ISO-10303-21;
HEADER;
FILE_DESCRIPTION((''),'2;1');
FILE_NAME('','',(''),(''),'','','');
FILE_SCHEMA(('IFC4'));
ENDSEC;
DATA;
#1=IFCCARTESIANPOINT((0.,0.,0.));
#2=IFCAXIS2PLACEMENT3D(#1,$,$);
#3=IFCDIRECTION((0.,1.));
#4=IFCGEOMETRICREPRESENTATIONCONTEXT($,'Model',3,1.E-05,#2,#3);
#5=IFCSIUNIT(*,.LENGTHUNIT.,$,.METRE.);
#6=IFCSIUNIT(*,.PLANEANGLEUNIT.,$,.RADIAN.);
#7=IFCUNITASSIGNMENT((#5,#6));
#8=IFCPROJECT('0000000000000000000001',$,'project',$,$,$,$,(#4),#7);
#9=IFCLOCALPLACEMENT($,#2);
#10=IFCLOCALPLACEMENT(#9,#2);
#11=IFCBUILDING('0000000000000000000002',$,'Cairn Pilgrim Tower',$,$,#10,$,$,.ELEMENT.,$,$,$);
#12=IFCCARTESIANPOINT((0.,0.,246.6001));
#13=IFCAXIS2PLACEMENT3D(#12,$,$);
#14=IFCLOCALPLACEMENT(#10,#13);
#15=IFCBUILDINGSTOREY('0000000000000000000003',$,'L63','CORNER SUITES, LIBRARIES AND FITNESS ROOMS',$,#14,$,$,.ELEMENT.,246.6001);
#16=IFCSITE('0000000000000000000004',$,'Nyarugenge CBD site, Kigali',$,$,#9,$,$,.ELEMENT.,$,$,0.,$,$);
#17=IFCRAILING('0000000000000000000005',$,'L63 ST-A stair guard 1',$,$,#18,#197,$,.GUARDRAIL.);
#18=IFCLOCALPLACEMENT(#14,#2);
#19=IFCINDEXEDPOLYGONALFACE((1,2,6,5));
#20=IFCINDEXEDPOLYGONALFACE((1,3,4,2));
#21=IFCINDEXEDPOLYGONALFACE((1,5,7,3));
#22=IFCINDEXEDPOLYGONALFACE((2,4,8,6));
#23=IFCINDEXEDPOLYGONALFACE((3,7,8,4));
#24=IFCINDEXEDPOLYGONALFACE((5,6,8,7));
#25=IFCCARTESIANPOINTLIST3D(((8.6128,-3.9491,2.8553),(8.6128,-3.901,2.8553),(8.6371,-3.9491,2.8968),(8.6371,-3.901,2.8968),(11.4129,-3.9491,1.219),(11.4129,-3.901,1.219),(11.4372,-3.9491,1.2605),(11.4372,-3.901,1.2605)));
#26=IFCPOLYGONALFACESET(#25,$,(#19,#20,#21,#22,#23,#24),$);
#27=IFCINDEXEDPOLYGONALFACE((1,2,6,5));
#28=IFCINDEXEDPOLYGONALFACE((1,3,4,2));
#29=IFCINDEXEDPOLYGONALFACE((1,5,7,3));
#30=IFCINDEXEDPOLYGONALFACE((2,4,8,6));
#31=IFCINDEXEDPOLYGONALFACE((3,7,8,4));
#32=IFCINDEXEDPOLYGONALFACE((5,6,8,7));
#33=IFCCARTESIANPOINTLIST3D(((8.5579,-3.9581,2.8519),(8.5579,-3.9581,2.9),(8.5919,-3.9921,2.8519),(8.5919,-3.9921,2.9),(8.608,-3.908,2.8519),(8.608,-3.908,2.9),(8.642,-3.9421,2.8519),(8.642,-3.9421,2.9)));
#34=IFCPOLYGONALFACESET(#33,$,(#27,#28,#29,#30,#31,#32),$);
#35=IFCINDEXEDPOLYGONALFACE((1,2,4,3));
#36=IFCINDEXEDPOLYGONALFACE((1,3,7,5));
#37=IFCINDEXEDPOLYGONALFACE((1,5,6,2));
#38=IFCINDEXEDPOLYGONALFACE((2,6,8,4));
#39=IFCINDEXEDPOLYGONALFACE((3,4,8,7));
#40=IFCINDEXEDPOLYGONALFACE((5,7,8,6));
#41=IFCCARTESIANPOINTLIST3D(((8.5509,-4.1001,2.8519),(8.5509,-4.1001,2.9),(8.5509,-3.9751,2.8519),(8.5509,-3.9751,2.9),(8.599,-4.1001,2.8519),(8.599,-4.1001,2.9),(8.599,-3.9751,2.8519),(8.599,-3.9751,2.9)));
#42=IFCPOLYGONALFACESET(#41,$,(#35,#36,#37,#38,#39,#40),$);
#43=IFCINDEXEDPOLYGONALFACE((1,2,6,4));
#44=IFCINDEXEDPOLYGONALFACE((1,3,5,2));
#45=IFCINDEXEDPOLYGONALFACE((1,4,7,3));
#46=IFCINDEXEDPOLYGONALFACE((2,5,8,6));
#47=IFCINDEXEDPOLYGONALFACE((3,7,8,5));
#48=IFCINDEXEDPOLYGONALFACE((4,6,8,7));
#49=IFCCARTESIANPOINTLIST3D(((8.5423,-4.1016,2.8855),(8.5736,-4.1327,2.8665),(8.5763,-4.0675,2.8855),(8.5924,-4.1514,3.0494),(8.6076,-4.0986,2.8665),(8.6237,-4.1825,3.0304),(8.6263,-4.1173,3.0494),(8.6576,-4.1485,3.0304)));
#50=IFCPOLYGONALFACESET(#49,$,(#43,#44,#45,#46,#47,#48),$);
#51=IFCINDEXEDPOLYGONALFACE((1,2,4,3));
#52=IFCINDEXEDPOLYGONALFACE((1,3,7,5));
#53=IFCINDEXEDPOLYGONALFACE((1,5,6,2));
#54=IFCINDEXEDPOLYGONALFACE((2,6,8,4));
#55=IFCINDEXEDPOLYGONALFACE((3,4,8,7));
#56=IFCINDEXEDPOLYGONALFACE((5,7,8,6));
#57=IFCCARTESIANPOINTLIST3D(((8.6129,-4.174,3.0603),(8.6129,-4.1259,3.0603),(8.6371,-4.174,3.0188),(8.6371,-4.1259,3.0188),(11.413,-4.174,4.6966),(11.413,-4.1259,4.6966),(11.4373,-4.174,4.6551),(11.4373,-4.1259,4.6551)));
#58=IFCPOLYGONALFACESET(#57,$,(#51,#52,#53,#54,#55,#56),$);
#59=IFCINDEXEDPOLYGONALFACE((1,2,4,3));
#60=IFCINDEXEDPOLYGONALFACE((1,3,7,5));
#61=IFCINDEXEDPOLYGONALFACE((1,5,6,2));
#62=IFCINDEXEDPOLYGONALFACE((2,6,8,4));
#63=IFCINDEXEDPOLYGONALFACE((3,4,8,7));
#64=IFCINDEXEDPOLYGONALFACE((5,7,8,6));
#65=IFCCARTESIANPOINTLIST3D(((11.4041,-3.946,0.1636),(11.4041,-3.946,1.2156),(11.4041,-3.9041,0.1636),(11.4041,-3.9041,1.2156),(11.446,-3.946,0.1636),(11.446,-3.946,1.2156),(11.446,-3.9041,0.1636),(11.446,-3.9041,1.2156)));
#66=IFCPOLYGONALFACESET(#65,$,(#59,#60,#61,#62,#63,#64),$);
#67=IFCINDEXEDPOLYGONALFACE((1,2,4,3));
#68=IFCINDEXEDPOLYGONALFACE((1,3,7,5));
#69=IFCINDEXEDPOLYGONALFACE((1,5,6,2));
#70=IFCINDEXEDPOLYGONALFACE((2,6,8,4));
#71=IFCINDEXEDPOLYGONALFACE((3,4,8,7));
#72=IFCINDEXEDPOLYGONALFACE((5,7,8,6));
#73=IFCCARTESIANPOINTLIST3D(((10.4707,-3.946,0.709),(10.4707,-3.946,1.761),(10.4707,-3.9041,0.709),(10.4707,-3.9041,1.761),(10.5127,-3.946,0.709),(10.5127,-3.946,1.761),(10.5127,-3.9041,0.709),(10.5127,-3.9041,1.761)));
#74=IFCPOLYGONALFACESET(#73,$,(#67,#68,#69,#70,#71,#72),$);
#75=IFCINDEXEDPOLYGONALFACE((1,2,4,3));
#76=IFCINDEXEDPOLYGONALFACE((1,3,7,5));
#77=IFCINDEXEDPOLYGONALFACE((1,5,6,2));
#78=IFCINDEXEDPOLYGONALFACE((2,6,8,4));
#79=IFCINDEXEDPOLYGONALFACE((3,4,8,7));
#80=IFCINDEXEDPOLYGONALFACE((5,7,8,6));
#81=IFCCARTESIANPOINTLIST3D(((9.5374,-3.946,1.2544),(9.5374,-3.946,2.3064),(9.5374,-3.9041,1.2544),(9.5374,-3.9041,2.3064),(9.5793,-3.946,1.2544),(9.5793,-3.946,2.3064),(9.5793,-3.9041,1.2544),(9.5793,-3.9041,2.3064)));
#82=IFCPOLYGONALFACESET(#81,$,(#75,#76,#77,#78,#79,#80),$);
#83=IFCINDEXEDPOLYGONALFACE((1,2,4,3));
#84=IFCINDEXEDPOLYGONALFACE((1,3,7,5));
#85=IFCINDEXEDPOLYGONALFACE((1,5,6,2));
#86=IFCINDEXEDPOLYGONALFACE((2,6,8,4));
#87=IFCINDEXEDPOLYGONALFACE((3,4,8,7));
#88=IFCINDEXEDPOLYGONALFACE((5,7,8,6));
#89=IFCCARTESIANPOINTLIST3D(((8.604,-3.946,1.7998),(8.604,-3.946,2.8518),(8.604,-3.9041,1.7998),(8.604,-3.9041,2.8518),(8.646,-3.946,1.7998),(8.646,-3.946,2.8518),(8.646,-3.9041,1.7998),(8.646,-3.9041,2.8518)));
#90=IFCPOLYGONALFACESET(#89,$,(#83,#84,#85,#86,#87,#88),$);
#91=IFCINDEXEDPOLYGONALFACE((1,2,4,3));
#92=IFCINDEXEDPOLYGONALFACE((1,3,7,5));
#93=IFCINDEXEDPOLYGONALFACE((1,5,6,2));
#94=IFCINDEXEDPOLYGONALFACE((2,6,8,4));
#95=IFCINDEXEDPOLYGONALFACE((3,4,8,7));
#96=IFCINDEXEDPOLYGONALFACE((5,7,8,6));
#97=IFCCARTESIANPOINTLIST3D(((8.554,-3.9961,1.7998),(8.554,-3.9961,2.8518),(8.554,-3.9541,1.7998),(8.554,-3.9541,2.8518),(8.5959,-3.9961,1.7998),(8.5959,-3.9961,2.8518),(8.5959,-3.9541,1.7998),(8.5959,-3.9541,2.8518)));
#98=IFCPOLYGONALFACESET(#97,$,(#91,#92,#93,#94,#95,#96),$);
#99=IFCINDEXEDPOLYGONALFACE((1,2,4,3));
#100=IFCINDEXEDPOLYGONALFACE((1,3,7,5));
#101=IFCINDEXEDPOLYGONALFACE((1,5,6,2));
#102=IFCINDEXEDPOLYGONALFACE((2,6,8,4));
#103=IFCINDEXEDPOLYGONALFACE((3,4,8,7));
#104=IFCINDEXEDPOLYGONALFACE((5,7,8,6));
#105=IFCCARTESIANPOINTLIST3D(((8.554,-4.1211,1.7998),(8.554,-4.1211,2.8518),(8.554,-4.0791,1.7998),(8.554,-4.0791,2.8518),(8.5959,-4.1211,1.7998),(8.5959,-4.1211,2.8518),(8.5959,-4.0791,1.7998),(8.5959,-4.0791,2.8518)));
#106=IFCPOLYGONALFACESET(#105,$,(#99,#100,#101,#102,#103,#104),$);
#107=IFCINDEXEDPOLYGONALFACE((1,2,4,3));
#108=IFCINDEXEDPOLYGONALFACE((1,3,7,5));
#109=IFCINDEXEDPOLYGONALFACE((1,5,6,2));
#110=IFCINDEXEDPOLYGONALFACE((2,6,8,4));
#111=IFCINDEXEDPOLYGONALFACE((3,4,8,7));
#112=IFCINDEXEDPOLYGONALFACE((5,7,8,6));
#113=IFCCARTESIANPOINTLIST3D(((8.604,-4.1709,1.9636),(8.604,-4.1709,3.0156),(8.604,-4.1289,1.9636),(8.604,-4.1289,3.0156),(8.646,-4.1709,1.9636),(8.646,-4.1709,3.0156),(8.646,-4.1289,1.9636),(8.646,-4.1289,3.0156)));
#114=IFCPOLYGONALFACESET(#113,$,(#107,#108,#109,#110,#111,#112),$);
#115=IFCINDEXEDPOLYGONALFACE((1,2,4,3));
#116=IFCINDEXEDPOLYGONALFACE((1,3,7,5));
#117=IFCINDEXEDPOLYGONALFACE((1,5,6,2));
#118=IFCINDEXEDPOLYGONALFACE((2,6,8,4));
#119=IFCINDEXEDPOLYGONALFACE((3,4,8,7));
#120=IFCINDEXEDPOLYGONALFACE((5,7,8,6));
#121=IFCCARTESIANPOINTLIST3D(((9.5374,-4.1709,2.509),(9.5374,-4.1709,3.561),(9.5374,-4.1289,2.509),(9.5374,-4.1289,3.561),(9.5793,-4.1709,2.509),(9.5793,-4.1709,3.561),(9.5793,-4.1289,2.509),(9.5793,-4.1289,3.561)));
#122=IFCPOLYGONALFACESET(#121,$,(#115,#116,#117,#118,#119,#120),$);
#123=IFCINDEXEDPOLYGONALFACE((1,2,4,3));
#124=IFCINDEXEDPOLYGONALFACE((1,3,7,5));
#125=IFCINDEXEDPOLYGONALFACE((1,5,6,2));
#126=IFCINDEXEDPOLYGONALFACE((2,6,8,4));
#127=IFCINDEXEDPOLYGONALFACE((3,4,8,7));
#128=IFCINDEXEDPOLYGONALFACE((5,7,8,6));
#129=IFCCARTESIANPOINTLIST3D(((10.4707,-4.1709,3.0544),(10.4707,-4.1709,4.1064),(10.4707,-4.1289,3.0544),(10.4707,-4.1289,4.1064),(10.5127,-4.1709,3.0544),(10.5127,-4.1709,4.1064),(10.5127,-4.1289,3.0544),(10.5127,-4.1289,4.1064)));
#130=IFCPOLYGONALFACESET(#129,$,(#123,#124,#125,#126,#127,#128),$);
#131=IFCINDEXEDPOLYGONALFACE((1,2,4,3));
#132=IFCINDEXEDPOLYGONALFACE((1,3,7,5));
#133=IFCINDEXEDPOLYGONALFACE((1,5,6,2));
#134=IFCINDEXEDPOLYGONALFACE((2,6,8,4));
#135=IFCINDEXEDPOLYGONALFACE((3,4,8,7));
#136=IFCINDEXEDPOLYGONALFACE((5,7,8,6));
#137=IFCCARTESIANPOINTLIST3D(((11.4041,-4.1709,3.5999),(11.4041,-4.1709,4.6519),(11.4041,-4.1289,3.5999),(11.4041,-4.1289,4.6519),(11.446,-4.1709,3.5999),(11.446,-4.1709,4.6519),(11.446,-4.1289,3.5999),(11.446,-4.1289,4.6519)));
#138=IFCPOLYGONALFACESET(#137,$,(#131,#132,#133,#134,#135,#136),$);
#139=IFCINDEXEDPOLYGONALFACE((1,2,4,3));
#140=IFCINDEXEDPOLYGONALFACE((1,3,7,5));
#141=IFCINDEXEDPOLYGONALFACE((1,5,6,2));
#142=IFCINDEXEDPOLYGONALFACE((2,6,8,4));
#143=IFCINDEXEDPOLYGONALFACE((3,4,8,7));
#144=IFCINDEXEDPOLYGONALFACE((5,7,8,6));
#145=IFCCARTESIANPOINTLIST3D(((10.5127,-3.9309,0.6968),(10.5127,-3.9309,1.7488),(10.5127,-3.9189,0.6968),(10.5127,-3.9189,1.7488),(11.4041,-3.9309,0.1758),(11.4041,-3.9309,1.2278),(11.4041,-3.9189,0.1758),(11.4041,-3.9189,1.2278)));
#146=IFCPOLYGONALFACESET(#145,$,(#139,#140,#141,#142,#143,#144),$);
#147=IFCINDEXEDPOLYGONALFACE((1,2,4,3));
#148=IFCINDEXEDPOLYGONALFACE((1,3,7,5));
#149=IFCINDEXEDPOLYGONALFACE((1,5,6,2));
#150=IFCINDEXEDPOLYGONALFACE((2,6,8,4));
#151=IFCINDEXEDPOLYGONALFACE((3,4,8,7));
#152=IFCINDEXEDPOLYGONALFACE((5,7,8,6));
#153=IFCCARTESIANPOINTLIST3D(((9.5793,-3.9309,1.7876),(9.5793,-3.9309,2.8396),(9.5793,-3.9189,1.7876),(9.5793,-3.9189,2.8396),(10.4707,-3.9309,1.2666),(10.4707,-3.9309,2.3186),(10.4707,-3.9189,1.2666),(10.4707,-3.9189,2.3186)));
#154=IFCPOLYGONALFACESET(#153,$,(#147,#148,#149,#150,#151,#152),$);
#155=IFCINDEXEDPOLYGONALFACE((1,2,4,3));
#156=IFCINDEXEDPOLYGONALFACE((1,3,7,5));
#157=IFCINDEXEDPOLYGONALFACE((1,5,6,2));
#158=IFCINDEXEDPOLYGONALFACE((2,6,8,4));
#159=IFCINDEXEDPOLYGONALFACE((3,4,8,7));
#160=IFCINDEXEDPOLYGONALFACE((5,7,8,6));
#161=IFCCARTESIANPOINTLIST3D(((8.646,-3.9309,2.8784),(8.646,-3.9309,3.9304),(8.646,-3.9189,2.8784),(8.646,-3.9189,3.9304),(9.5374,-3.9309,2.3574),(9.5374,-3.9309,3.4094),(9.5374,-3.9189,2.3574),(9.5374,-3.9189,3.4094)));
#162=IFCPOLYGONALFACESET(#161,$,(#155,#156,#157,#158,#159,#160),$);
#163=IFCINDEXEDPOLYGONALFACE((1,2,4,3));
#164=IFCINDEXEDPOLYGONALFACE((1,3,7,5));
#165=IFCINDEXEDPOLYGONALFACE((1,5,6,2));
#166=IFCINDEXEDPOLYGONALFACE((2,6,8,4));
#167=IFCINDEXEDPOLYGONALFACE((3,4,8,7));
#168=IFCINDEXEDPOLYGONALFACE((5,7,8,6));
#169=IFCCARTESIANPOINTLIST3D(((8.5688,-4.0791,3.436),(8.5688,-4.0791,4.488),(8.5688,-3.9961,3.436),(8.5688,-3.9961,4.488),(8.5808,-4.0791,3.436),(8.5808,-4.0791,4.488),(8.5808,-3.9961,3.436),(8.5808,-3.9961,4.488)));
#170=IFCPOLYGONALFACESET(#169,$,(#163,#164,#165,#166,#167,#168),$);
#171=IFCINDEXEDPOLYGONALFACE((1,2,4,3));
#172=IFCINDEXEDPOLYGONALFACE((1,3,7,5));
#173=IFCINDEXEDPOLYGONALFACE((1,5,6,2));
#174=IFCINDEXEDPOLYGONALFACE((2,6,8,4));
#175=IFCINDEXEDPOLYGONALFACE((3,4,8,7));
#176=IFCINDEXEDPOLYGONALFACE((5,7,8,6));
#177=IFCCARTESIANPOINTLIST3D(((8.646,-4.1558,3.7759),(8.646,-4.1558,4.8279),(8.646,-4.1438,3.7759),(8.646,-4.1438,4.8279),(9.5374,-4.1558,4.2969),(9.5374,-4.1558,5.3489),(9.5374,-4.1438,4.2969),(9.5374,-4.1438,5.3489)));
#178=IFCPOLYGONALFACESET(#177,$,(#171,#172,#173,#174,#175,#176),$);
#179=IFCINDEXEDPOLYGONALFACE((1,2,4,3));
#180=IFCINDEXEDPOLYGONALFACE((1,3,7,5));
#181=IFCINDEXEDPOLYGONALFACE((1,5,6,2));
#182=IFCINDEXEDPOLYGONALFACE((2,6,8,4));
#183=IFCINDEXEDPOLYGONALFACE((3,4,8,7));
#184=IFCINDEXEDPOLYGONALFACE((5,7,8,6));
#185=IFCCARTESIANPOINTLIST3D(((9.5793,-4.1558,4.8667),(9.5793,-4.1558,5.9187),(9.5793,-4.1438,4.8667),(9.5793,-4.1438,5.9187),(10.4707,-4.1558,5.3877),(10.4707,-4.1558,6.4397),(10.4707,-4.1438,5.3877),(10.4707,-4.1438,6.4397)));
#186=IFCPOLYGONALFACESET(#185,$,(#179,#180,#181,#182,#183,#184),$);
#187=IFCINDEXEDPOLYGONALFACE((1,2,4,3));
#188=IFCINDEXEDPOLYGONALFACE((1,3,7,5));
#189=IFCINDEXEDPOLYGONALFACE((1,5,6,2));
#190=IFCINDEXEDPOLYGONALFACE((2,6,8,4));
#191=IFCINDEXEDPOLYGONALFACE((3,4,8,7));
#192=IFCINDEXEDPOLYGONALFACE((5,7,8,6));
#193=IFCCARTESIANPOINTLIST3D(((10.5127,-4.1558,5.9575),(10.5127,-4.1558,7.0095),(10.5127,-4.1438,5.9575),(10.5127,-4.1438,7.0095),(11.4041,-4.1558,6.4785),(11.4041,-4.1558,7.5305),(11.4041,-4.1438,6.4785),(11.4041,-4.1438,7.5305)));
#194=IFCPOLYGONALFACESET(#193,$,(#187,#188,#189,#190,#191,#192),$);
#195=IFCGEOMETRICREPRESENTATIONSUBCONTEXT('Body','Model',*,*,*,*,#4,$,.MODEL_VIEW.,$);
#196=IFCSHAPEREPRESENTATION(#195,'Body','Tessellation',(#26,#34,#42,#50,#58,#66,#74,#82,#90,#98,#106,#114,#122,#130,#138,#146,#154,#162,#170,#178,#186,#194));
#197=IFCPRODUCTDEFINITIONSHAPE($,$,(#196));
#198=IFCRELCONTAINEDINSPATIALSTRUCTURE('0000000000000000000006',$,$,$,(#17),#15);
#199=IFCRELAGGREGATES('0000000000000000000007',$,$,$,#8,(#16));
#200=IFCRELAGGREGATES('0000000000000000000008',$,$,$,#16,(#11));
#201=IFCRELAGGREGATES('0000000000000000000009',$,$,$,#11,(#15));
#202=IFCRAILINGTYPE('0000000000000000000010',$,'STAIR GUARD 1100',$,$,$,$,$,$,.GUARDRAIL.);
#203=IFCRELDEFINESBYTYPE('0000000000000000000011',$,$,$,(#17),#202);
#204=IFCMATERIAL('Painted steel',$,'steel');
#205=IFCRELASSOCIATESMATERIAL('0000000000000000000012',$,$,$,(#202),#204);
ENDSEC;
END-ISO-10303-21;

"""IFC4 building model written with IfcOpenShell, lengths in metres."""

from ifc_helpers import new_model, si_unit, direction, frame, origin, origin_2d, place, context, subcontext, project, spatial, polyline, rectangle, outline, extrude, material, type_object, element, save


model = new_model("IFC4")

# Units and contexts
model_context = context("Model", 3, precision=1e-05, world=origin(), true_north=direction((0.0, 1.0)))
body_context = subcontext(model_context, "Body", "Model", "MODEL_VIEW")
ifc_project = project(units=[si_unit("LENGTHUNIT", "METRE"), si_unit("PLANEANGLEUNIT", "RADIAN")], contexts=[model_context])

# Site, building, storey
site_placement = place(None, origin())
site = spatial("IfcSite", under=ifc_project, at=site_placement, Name="Nyarugenge CBD site, Kigali", CompositionType="ELEMENT", RefElevation=0.0)
building_placement = place(site_placement, origin())
building = spatial("IfcBuilding", under=site, at=building_placement, Name="Cairn Pilgrim Tower", CompositionType="ELEMENT")
storey_placement = place(building_placement, frame((0.0, 0.0, 246.6001)))
storey = spatial("IfcBuildingStorey", under=building, at=storey_placement, Name="L63", Description="CORNER SUITES, LIBRARIES AND FITNESS ROOMS", CompositionType="ELEMENT", Elevation=246.6001)

# Shared definitions
ifc_material_1 = material(Name="Painted steel", Category="steel")

# Railing
railing_type_1 = type_object("IfcRailingType", Name="STAIR GUARD 1100", PredefinedType="GUARDRAIL", material=ifc_material_1)
railing_1_placement = place(storey_placement, frame((11.425, -3.925, 0.1636)))
element("IfcRailing", 1, at=railing_1_placement, inside=storey, type_object=railing_type_1, Name="L63 ST-A stair guard 1", PredefinedType="GUARDRAIL", context=body_context, shape_type="SweptSolid", body=[
    extrude(rectangle(XDim=0.0481, YDim=0.0481, at=origin_2d()), frame((0.0, 0.0, 1.0762), z_axis=(-0.863394, 0.0, 0.504531), x_axis=(0.0, -1.0, 0.0)), (0.0, 0.0, 1.0), 3.2432),
    extrude(rectangle(XDim=0.0481, YDim=0.0481, at=origin_2d()), frame((-2.8, 0.0, 2.7124), z_axis=(-0.707107, -0.707107, 0.0), x_axis=(0.707107, -0.707107, 0.0)), (0.0, 0.0, 1.0), 0.0708),
    extrude(rectangle(XDim=0.0481, YDim=0.0481, at=origin_2d()), frame((-2.8501, -0.05, 2.7124), z_axis=(0.0, -1.0, 0.0), x_axis=(1.0, 0.0, 0.0)), (0.0, 0.0, 1.0), 0.125),
    extrude(rectangle(XDim=0.0481, YDim=0.0481, at=origin_2d()), frame((-2.8501, -0.175, 2.7124), z_axis=(0.280564, -0.279195, 0.918332), x_axis=(0.705376, 0.708834, 0.0)), (0.0, 0.0, 1.0), 0.1785),
    extrude(rectangle(XDim=0.0481, YDim=0.0481, at=origin_2d()), frame((-2.8, -0.2249, 2.876), z_axis=(0.863394, 0.0, 0.504531), x_axis=(0.0, 1.0, 0.0)), (0.0, 0.0, 1.0), 3.2432),
    extrude(rectangle(XDim=0.042, YDim=0.042, at=origin_2d()), origin(), (0.0, 0.0, 1.0), 1.052),
    extrude(rectangle(XDim=0.042, YDim=0.042, at=origin_2d()), frame((-0.9333, 0.0, 0.5454)), (0.0, 0.0, 1.0), 1.052),
    extrude(rectangle(XDim=0.042, YDim=0.042, at=origin_2d()), frame((-1.8667, 0.0, 1.0908)), (0.0, 0.0, 1.0), 1.052),
    extrude(rectangle(XDim=0.042, YDim=0.042, at=origin_2d()), frame((-2.8, 0.0, 1.6362)), (0.0, 0.0, 1.0), 1.052),
    extrude(rectangle(XDim=0.042, YDim=0.042, at=origin_2d()), frame((-2.8501, -0.05, 1.6362)), (0.0, 0.0, 1.0), 1.052),
    extrude(rectangle(XDim=0.042, YDim=0.042, at=origin_2d()), frame((-2.8501, -0.175, 1.6362)), (0.0, 0.0, 1.0), 1.052),
    extrude(rectangle(XDim=0.042, YDim=0.042, at=origin_2d()), frame((-2.8, -0.2249, 1.8)), (0.0, 0.0, 1.0), 1.052),
    extrude(rectangle(XDim=0.042, YDim=0.042, at=origin_2d()), frame((-1.8667, -0.2249, 2.3455)), (0.0, 0.0, 1.0), 1.052),
    extrude(rectangle(XDim=0.042, YDim=0.042, at=origin_2d()), frame((-0.9333, -0.2249, 2.8909)), (0.0, 0.0, 1.0), 1.052),
    extrude(rectangle(XDim=0.042, YDim=0.042, at=origin_2d()), frame((0.0, -0.2249, 3.4363)), (0.0, 0.0, 1.0), 1.052),
    extrude(outline(polyline([(0.021, 0.0122), (0.9124, 0.5332), (0.9124, 1.5852), (0.021, 1.0642), (0.021, 0.0122)])), frame((0.0, -0.0059, 0.0), z_axis=(0.0, 1.0, 0.0), x_axis=(-1.0, 0.0, 0.0)), (0.0, 0.0, 1.0), 0.012),
    extrude(outline(polyline([(0.021, 0.5576), (0.9124, 1.0786), (0.9124, 2.1306), (0.021, 1.6096), (0.021, 0.5576)])), frame((-0.9333, -0.0059, 0.5454), z_axis=(0.0, 1.0, 0.0), x_axis=(-1.0, 0.0, 0.0)), (0.0, 0.0, 1.0), 0.012),
    extrude(outline(polyline([(0.021, 1.103), (0.9124, 1.624), (0.9124, 2.676), (0.021, 2.155), (0.021, 1.103)])), frame((-1.8667, -0.0059, 1.0908), z_axis=(0.0, 1.0, 0.0), x_axis=(-1.0, 0.0, 0.0)), (0.0, 0.0, 1.0), 0.012),
    extrude(outline(polyline([(0.021, 1.6362), (0.104, 1.6362), (0.104, 2.6882), (0.021, 2.6882), (0.021, 1.6362)])), frame((-2.8442, -0.05, 1.6362), z_axis=(-1.0, 0.0, 0.0), x_axis=(0.0, -1.0, 0.0)), (0.0, 0.0, 1.0), 0.012),
    extrude(outline(polyline([(0.021, 1.8123), (0.9124, 2.3333), (0.9124, 3.3853), (0.021, 2.8643), (0.021, 1.8123)])), frame((-2.8, -0.2188, 1.8), z_axis=(0.0, -1.0, 0.0), x_axis=(1.0, 0.0, 0.0)), (0.0, 0.0, 1.0), 0.012),
    extrude(outline(polyline([(0.021, 2.3577), (0.9124, 2.8787), (0.9124, 3.9307), (0.021, 3.4097), (0.021, 2.3577)])), frame((-1.8667, -0.2188, 2.3455), z_axis=(0.0, -1.0, 0.0), x_axis=(1.0, 0.0, 0.0)), (0.0, 0.0, 1.0), 0.012),
    extrude(outline(polyline([(0.021, 2.9031), (0.9124, 3.4241), (0.9124, 4.4761), (0.021, 3.9551), (0.021, 2.9031)])), frame((-0.9333, -0.2188, 2.8909), z_axis=(0.0, -1.0, 0.0), x_axis=(1.0, 0.0, 0.0)), (0.0, 0.0, 1.0), 0.012),
])

save(model, "model.ifc")
